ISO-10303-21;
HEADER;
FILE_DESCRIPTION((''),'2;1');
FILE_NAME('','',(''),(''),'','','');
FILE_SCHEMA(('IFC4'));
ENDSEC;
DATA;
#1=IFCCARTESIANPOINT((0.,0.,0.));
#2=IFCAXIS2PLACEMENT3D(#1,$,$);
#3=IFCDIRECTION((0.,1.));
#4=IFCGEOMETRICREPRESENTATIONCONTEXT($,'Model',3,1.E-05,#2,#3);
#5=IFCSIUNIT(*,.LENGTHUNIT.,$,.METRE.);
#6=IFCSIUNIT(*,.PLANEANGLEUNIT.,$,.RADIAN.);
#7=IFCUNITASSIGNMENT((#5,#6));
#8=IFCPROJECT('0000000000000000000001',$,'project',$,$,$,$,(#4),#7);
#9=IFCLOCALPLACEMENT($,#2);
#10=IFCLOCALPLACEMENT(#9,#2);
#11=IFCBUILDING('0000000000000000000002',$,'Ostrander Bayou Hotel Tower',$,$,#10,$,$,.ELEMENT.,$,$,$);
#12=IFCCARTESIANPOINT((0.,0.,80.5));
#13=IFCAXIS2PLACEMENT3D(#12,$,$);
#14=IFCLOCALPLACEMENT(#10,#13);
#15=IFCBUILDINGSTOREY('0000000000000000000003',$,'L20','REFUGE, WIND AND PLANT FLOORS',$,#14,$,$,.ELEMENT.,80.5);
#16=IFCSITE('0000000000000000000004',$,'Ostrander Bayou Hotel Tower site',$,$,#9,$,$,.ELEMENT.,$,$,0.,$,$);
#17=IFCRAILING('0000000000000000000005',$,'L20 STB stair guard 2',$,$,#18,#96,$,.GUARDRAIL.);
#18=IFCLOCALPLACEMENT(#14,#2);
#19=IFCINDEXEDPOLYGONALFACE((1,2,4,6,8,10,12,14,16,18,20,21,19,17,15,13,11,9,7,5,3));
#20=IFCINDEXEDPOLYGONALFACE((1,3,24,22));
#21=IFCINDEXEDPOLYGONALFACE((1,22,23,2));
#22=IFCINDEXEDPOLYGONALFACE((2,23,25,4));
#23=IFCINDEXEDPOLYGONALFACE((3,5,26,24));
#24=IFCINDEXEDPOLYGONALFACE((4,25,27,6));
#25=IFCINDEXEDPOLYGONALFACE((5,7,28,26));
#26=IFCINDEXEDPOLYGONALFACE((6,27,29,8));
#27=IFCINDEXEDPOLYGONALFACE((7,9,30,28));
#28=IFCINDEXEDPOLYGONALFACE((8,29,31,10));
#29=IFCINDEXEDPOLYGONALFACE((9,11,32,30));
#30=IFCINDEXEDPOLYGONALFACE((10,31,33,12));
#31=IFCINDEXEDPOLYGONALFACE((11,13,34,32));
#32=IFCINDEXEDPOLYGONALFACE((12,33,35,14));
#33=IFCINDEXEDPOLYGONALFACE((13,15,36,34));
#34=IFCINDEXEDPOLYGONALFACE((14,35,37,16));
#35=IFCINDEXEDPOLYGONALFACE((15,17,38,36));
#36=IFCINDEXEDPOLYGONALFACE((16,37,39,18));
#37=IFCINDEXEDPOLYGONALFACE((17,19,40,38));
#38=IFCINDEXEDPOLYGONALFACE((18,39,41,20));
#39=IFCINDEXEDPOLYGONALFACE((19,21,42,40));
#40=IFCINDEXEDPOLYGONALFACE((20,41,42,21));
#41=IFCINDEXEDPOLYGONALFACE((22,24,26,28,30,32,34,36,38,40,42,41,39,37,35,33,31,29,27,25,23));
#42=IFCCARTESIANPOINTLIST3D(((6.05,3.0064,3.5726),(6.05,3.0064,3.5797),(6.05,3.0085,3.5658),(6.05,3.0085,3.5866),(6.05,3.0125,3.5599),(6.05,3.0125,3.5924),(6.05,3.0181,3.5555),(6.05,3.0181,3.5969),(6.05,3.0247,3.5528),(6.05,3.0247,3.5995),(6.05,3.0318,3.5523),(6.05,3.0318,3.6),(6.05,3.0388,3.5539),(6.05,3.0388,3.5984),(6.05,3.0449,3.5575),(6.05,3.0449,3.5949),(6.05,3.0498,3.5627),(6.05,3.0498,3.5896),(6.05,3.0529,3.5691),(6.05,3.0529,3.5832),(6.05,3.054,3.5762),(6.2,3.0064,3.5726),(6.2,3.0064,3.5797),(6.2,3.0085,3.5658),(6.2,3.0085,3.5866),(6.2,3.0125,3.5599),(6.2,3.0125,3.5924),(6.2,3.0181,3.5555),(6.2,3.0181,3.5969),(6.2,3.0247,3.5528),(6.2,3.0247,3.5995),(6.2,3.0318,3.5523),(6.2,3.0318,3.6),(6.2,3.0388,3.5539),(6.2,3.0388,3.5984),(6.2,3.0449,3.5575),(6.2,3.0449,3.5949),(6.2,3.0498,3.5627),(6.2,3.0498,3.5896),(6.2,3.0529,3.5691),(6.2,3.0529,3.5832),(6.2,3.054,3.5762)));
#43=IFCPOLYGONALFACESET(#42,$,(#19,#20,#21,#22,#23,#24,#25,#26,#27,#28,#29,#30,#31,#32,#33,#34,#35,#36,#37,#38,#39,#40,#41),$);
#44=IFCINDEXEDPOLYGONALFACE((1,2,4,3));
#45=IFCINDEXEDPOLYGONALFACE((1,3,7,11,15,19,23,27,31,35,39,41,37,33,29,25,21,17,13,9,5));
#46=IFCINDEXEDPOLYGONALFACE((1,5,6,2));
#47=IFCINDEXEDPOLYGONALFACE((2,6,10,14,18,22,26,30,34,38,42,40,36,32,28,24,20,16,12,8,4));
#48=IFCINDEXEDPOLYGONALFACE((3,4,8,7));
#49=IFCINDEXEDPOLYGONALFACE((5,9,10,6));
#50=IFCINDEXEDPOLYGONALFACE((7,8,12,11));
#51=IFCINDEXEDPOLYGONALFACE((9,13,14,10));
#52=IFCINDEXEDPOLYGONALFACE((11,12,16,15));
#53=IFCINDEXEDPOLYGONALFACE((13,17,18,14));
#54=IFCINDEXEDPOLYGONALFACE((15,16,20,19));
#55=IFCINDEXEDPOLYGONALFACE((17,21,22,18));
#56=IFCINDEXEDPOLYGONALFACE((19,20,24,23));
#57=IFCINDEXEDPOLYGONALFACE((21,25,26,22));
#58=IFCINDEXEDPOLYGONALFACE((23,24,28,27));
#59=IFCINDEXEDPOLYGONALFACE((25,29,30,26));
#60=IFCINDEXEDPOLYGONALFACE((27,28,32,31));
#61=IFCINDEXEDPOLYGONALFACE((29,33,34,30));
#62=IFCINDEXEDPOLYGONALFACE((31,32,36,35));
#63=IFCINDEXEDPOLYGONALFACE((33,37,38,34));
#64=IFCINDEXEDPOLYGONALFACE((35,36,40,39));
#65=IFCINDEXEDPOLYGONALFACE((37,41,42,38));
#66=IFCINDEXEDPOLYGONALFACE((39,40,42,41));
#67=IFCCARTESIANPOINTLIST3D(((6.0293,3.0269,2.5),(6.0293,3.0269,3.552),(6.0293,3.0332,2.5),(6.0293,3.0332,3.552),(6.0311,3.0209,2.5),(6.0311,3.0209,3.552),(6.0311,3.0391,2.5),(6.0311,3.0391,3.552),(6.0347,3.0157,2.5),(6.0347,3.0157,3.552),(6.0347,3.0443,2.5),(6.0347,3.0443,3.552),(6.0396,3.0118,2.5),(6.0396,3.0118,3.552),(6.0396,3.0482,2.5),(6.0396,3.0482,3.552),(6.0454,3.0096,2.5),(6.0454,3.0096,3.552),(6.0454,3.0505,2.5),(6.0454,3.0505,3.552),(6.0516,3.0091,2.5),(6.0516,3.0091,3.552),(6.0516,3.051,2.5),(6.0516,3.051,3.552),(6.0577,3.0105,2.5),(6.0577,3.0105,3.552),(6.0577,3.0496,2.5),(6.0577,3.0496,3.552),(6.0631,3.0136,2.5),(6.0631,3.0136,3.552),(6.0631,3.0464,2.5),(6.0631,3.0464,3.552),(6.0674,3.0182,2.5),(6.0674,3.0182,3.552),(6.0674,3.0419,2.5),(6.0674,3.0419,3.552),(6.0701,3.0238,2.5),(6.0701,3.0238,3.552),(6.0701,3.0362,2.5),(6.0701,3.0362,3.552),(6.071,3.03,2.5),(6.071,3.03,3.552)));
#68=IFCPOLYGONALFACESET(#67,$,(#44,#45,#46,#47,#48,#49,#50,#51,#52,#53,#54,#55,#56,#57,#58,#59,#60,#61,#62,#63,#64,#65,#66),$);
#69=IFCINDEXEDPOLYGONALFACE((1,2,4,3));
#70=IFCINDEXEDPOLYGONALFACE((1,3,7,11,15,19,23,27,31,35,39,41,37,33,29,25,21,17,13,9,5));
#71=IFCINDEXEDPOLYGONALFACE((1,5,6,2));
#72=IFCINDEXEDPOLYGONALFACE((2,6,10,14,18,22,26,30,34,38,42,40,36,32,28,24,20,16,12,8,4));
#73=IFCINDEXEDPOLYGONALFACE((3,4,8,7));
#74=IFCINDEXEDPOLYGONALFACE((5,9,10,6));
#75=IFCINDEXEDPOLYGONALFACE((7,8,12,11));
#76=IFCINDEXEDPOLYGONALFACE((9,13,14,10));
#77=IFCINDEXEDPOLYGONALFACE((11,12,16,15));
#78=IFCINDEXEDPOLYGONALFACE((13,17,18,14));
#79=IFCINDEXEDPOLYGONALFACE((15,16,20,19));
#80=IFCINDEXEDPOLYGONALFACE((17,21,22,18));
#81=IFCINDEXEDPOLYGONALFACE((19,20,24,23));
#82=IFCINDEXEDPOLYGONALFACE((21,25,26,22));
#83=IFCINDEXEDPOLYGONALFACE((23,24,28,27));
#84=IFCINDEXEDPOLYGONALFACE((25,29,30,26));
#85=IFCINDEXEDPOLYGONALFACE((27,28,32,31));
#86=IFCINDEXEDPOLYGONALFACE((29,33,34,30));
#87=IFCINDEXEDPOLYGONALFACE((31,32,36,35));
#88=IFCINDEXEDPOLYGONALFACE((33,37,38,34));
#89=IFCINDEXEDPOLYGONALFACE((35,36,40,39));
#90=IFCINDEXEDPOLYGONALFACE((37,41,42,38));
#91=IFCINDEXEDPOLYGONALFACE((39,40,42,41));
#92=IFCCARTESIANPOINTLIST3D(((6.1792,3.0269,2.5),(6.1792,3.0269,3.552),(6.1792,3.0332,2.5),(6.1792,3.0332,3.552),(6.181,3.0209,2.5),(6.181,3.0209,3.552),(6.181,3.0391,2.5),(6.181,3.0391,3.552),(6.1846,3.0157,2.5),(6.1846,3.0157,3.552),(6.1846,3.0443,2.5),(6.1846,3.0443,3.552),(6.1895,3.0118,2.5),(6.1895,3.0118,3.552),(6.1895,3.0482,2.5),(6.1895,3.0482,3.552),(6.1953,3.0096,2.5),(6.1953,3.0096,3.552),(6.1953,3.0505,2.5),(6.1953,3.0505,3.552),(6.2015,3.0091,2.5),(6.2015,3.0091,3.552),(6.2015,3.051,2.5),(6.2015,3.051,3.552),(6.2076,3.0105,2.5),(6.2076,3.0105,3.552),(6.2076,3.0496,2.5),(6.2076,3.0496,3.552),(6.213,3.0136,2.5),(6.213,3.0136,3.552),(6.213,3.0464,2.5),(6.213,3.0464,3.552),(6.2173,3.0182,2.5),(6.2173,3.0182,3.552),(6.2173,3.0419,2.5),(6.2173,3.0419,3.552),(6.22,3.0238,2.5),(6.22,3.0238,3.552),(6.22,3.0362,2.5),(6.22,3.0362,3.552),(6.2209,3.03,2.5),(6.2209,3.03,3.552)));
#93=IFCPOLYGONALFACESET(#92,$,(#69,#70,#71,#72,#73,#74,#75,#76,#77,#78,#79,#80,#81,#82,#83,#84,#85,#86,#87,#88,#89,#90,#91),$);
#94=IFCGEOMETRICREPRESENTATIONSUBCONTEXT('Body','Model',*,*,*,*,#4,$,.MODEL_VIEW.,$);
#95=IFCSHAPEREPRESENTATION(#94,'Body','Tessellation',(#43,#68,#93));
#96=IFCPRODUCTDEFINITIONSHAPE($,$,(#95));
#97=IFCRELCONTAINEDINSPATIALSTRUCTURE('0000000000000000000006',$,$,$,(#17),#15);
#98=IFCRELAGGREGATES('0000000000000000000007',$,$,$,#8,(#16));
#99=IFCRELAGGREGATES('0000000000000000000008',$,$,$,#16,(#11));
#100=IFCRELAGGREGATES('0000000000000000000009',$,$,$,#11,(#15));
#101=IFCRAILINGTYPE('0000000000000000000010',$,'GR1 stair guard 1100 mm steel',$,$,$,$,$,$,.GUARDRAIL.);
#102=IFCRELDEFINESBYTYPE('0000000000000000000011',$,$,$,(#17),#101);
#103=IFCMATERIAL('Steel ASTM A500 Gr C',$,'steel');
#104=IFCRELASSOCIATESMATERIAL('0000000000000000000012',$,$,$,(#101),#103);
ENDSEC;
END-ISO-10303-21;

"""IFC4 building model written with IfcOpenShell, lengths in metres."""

from ifc_helpers import new_model, si_unit, direction, frame, origin, origin_2d, place, context, subcontext, project, spatial, circle, extrude, material, type_object, element, save


model = new_model("IFC4")

# Units and contexts
model_context = context("Model", 3, precision=1e-05, world=origin(), true_north=direction((0.0, 1.0)))
body_context = subcontext(model_context, "Body", "Model", "MODEL_VIEW")
ifc_project = project(units=[si_unit("LENGTHUNIT", "METRE"), si_unit("PLANEANGLEUNIT", "RADIAN")], contexts=[model_context])

# Site, building, storey
site_placement = place(None, origin())
site = spatial("IfcSite", under=ifc_project, at=site_placement, Name="Ostrander Bayou Hotel Tower site", CompositionType="ELEMENT", RefElevation=0.0)
building_placement = place(site_placement, origin())
building = spatial("IfcBuilding", under=site, at=building_placement, Name="Ostrander Bayou Hotel Tower", CompositionType="ELEMENT")
storey_placement = place(building_placement, frame((0.0, 0.0, 80.5)))
storey = spatial("IfcBuildingStorey", under=building, at=storey_placement, Name="L20", Description="REFUGE, WIND AND PLANT FLOORS", CompositionType="ELEMENT", Elevation=80.5)

# Railing
ifc_material_1 = material(Name="Steel ASTM A500 Gr C", Category="steel")
railing_type_1 = type_object("IfcRailingType", Name="GR1 stair guard 1100 mm steel", PredefinedType="GUARDRAIL", material=ifc_material_1)
railing_1_placement = place(storey_placement, frame((6.05, 3.03, 2.5)))
element("IfcRailing", 1, at=railing_1_placement, inside=storey, type_object=railing_type_1, Name="L20 STB stair guard 2", PredefinedType="GUARDRAIL", context=body_context, shape_type="SweptSolid", body=[
    extrude(circle(Radius=0.0239, at=origin_2d()), frame((0.0, 0.0, 1.0762), z_axis=(1.0, 0.0, 0.0), x_axis=(0.0, 1.0, 0.0)), (0.0, 0.0, 1.0), 0.1499),
    extrude(circle(Radius=0.021, at=origin_2d()), origin(), (0.0, 0.0, 1.0), 1.052),
    extrude(circle(Radius=0.021, at=origin_2d()), frame((0.1499, 0.0, 0.0)), (0.0, 0.0, 1.0), 1.052),
])

save(model, "model.ifc")
